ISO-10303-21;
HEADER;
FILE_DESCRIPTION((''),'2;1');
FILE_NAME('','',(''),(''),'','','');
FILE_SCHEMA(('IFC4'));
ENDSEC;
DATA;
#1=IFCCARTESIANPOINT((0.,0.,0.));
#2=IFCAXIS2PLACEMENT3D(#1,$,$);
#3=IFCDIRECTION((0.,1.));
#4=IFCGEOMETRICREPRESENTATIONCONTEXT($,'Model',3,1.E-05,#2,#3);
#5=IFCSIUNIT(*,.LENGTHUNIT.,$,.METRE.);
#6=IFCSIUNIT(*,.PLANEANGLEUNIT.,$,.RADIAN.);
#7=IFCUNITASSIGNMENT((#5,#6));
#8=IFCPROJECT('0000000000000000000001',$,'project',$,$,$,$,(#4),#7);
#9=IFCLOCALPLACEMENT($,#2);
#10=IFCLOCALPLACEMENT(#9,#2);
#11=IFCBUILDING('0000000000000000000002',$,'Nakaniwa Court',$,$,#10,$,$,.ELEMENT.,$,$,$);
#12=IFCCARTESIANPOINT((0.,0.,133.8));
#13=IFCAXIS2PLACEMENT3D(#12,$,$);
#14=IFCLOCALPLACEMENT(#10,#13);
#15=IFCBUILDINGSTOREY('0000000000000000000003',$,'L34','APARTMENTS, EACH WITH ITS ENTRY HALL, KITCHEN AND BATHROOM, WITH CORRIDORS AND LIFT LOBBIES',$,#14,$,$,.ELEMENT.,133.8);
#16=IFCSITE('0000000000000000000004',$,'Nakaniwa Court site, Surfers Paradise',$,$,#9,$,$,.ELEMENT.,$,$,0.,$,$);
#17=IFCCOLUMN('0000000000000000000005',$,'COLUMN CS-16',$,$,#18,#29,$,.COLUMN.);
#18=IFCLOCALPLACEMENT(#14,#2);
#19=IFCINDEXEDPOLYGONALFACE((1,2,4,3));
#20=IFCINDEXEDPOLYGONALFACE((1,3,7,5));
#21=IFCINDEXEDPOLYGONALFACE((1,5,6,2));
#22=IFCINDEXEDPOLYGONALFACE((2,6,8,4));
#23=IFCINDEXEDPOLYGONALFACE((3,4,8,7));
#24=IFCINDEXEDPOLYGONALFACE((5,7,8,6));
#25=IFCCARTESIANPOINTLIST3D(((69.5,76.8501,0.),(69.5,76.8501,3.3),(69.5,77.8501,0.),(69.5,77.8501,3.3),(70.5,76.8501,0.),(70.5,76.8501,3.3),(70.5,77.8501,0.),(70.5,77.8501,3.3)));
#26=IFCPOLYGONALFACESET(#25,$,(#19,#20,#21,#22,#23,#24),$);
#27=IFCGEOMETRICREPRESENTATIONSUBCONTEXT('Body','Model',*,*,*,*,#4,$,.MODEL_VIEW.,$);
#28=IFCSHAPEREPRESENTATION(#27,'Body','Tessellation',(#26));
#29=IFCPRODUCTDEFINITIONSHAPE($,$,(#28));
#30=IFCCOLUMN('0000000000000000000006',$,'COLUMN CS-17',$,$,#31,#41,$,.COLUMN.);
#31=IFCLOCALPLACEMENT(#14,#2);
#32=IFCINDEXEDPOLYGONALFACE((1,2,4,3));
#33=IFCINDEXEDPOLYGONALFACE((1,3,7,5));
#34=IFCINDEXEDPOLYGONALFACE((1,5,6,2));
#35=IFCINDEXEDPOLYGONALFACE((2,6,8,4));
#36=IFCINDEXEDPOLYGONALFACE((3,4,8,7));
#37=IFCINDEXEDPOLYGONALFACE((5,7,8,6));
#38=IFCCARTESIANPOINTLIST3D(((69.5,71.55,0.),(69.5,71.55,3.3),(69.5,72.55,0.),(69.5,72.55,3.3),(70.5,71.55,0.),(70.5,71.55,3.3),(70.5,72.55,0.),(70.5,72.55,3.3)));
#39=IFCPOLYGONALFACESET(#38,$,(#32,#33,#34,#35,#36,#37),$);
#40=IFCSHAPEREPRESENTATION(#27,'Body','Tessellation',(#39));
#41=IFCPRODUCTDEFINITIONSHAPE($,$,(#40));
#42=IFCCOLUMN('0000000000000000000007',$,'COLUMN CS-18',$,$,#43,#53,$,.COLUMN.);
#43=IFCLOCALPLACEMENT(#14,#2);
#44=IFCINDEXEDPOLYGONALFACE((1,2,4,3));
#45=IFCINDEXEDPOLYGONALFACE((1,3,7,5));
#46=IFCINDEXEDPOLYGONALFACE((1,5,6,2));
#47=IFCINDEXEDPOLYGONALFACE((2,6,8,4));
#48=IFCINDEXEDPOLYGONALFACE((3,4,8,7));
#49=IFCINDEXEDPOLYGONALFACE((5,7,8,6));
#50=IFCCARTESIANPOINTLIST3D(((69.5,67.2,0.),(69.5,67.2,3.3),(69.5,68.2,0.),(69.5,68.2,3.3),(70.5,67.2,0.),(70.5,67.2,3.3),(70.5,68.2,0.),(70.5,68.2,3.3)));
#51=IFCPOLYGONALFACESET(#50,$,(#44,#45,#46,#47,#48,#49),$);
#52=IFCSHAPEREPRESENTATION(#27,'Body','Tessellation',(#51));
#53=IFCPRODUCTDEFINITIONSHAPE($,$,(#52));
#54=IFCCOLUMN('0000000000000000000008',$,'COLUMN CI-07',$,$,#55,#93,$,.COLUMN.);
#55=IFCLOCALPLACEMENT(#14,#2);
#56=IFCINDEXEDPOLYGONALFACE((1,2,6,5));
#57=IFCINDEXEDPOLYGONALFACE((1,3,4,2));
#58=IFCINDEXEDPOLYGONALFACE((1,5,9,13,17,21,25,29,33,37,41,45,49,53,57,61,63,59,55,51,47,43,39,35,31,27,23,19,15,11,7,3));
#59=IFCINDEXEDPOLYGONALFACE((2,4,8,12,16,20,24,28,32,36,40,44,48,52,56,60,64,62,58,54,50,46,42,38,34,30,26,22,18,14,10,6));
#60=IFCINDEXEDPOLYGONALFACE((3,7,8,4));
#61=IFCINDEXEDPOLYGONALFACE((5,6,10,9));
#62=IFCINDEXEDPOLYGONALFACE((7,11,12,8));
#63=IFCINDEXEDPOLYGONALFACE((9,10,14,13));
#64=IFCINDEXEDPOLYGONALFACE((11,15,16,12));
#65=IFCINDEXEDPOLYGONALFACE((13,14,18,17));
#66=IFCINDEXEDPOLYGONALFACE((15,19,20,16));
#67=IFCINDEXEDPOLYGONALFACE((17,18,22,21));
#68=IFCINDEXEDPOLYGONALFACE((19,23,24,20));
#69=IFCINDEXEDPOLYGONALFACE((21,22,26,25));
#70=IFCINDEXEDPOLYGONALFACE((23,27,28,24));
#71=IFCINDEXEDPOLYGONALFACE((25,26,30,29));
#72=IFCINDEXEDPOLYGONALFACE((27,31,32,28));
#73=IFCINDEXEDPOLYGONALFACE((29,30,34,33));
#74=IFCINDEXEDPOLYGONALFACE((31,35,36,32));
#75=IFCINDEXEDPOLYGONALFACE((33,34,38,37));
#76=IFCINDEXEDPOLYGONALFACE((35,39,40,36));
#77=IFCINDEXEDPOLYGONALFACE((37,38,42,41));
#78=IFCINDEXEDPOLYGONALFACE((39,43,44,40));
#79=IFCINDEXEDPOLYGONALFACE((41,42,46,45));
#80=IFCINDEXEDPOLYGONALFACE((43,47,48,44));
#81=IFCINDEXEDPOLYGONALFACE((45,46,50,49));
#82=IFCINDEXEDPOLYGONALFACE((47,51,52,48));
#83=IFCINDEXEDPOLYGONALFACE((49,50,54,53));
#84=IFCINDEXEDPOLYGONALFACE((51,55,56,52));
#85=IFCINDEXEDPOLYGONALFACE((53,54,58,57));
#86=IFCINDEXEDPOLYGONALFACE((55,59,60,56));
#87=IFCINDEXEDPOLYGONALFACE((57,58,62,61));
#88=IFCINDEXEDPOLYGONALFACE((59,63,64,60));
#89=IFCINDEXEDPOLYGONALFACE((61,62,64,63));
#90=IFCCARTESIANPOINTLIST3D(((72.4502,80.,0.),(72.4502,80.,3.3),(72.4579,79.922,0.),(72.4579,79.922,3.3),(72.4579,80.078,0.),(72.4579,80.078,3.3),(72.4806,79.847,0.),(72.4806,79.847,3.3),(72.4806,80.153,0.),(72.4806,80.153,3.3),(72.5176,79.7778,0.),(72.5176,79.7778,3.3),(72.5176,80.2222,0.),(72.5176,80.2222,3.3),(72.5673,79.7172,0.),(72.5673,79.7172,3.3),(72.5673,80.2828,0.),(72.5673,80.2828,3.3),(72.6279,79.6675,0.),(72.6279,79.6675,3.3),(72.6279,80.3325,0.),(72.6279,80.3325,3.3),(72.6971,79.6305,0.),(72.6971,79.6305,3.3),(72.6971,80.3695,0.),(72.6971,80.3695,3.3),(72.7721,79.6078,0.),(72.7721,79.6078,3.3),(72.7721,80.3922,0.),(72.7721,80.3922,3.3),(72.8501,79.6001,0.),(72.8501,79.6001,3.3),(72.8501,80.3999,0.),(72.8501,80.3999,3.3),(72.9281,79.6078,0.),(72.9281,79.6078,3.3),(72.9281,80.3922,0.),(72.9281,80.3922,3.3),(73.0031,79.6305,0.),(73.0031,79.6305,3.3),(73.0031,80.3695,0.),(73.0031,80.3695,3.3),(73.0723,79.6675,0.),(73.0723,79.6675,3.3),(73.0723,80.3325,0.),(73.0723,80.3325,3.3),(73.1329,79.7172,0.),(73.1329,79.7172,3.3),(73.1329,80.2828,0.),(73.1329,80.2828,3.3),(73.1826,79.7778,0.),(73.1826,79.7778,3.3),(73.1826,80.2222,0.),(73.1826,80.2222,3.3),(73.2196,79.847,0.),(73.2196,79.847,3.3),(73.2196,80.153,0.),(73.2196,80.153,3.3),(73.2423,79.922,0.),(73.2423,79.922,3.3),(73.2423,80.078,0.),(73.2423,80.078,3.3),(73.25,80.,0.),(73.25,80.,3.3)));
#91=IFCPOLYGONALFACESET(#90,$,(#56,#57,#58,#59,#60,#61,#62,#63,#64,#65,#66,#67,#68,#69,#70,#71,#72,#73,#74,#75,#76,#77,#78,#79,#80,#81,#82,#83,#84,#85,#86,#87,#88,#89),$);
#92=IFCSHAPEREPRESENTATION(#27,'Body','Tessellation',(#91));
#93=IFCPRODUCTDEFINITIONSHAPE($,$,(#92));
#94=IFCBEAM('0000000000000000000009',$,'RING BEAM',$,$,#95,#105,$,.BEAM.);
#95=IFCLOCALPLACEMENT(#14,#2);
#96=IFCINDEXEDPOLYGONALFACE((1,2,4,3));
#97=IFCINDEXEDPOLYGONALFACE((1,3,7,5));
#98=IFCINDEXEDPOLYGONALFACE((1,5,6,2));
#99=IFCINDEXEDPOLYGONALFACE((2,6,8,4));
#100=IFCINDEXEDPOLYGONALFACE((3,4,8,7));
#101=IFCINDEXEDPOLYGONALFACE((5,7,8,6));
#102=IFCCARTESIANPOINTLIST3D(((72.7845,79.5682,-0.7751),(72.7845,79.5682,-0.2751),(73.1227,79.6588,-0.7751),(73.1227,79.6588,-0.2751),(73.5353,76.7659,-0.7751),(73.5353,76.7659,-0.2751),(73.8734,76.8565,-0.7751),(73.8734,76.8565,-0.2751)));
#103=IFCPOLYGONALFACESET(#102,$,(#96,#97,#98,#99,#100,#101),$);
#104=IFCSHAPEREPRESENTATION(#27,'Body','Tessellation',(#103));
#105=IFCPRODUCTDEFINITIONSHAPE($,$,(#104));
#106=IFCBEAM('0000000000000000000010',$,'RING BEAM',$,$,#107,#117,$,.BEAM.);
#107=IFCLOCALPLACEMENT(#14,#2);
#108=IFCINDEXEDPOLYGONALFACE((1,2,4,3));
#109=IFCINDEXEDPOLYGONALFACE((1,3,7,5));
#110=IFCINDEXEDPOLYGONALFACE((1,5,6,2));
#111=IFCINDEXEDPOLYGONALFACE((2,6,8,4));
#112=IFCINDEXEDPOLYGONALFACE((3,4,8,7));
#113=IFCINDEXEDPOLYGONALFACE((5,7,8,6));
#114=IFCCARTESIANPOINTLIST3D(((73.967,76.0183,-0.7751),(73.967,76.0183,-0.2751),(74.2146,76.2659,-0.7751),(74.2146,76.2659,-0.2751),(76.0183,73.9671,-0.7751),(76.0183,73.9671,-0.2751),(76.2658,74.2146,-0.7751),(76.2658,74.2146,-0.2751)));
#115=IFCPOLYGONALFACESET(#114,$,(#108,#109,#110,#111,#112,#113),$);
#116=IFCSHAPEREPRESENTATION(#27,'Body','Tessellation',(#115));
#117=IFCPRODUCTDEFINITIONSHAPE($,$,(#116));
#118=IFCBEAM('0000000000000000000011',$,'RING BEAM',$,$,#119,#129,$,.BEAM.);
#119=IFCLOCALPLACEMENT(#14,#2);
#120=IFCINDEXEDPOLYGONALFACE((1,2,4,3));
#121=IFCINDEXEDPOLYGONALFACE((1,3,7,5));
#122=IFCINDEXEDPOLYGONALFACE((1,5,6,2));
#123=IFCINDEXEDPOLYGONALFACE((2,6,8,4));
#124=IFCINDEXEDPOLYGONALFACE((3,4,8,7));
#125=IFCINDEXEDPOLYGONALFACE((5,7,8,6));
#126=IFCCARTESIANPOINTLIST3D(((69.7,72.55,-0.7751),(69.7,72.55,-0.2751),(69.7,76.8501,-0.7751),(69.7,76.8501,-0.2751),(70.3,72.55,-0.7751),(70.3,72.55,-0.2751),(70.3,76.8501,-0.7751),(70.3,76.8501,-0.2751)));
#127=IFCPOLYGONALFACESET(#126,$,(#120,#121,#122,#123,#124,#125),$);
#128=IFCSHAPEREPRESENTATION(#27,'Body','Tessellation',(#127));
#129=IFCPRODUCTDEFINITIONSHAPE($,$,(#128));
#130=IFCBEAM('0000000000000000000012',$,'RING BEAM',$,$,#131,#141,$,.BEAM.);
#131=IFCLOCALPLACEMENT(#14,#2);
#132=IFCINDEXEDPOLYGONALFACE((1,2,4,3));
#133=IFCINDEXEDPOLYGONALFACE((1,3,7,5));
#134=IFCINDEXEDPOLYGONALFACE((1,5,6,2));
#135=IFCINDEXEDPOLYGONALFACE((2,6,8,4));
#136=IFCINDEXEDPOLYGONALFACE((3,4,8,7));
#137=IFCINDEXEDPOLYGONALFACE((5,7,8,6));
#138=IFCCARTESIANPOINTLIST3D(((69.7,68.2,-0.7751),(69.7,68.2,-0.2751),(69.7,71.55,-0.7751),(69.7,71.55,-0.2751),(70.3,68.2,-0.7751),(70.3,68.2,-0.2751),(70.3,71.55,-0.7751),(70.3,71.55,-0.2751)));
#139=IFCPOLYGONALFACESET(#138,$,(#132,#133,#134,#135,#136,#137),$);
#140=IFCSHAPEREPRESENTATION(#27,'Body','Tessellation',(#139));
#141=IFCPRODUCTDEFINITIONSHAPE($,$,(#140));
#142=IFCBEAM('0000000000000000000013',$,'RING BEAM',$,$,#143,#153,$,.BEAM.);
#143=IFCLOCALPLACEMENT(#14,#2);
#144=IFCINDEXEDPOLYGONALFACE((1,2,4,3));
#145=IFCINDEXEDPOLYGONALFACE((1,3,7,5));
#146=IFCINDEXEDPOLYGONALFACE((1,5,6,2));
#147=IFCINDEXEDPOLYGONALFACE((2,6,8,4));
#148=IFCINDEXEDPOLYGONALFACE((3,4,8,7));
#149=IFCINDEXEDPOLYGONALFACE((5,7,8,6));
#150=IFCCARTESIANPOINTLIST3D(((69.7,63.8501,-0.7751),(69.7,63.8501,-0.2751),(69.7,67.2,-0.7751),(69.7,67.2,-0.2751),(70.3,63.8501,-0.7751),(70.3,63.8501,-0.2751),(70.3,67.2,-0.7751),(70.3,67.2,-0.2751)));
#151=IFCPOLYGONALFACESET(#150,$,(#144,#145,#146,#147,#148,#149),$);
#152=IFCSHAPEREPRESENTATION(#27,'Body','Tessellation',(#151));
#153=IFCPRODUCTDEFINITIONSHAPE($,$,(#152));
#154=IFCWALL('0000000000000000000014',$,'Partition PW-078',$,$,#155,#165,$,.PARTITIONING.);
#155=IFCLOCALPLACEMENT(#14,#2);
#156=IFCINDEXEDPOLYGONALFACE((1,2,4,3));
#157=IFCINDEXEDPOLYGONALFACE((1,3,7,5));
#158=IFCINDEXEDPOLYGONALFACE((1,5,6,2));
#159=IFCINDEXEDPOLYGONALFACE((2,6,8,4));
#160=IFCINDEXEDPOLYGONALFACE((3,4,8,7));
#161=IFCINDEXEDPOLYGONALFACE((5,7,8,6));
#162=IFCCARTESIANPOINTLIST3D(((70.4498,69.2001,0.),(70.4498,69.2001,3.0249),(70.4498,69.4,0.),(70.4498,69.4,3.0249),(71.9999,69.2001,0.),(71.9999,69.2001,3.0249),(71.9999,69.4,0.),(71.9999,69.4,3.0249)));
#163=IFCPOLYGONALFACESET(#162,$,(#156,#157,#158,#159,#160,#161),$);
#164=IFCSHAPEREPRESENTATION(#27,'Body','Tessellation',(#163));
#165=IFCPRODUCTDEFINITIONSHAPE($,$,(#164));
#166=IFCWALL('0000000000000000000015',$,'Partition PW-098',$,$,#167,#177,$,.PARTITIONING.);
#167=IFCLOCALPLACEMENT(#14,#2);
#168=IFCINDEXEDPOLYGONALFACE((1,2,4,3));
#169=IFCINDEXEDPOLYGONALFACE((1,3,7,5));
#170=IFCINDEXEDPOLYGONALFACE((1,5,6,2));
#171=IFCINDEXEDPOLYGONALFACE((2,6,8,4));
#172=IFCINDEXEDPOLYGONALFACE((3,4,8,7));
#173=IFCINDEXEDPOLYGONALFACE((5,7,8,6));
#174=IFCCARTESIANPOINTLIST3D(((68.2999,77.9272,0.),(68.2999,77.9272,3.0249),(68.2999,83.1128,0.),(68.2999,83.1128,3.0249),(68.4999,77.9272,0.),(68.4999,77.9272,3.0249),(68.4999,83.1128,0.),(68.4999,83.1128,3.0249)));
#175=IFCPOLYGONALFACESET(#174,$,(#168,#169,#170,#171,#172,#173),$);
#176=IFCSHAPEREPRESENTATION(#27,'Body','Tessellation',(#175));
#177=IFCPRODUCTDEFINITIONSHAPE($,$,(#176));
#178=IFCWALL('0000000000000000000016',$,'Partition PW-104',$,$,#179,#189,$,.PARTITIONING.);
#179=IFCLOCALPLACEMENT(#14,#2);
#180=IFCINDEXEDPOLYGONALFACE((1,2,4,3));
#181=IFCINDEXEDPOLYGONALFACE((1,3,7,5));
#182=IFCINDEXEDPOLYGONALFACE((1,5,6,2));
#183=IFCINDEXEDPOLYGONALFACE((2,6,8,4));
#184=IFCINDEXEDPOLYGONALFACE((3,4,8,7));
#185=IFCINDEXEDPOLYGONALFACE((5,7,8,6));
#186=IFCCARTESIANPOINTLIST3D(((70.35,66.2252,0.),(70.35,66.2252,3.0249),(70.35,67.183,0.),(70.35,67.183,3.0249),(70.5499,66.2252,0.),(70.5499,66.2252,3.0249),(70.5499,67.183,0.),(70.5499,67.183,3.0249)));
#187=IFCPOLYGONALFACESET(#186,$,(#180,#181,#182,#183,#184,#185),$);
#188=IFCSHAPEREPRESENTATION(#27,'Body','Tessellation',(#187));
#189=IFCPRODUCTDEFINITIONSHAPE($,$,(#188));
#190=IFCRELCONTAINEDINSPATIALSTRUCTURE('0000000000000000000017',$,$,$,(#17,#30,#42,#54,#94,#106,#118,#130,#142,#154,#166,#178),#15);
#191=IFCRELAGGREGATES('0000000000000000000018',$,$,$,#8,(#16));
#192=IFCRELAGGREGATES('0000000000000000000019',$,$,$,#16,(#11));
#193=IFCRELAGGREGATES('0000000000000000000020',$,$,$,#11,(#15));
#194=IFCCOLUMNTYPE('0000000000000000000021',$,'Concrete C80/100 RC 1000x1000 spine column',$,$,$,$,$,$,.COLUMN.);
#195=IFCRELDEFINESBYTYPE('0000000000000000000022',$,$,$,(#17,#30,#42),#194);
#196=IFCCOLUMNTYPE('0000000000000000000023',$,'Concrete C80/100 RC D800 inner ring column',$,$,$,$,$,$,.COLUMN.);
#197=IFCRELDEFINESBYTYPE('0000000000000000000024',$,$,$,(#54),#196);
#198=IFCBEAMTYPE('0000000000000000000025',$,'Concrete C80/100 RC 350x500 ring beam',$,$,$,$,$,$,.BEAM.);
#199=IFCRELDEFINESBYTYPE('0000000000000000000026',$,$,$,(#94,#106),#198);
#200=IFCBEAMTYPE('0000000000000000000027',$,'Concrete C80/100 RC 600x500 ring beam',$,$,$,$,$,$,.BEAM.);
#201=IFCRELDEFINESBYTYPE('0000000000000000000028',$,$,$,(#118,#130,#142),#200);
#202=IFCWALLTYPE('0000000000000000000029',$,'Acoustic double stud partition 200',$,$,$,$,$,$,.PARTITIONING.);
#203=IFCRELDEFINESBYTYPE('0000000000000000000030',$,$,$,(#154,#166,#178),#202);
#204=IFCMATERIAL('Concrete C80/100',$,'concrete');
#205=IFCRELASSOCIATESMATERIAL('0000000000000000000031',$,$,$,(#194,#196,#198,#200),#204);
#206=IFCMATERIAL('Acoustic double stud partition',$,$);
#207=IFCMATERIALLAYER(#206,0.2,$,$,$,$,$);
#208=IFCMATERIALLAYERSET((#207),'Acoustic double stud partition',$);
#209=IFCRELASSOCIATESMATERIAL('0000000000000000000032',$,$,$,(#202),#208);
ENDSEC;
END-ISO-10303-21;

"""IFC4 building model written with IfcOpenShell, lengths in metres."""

from ifc_helpers import new_model, si_unit, direction, frame, frame_2d, origin, origin_2d, place, context, subcontext, project, spatial, rectangle, circle, extrude, material, layer, layer_set, material_profile, profile_set, type_object, element, save


model = new_model("IFC4")

# Units and contexts
model_context = context("Model", 3, precision=1e-05, world=origin(), true_north=direction((0.0, 1.0)))
body_context = subcontext(model_context, "Body", "Model", "MODEL_VIEW")
ifc_project = project(units=[si_unit("LENGTHUNIT", "METRE"), si_unit("PLANEANGLEUNIT", "RADIAN")], contexts=[model_context])

# Site, building, storey
site_placement = place(None, origin())
site = spatial("IfcSite", under=ifc_project, at=site_placement, Name="Nakaniwa Court site, Surfers Paradise", CompositionType="ELEMENT", RefElevation=0.0)
building_placement = place(site_placement, origin())
building = spatial("IfcBuilding", under=site, at=building_placement, Name="Nakaniwa Court", CompositionType="ELEMENT")
storey_placement = place(building_placement, frame((0.0, 0.0, 133.8)))
storey = spatial("IfcBuildingStorey", under=building, at=storey_placement, Name="L34", Description="APARTMENTS, EACH WITH ITS ENTRY HALL, KITCHEN AND BATHROOM, WITH CORRIDORS AND LIFT LOBBIES", CompositionType="ELEMENT", Elevation=133.8)

# Columns
ifc_material_1 = material(Name="Concrete C80/100", Category="concrete")
ifc_material_profile_1 = material_profile(ifc_material_1, rectangle(XDim=1.0, YDim=1.0, at=origin_2d()), Name="Concrete C80/100 RC 1000x1000 spine column")
ifc_profile_set_1 = profile_set([ifc_material_profile_1], Name="Concrete C80/100")
column_type_1 = type_object("IfcColumnType", Name="Concrete C80/100 RC 1000x1000 spine column", PredefinedType="COLUMN", material=ifc_profile_set_1)
for number, where, z_axis, x_axis, name in (
    (1, (70.0, 77.3501, 0.0), (0.0, 0.0, 1.0), (0.0, -1.0, 0.0), "COLUMN CS-16"),
    (2, (70.0, 72.05, 0.0), (0.0, 0.0, 1.0), (0.0, -1.0, 0.0), "COLUMN CS-17"),
    (3, (70.0, 67.7, 0.0), (0.0, 0.0, 1.0), (0.0, -1.0, 0.0), "COLUMN CS-18"),
):
    element("IfcColumn", number, at=place(storey_placement, frame(where, z_axis=z_axis, x_axis=x_axis)), inside=storey, type_object=column_type_1, Name=name, PredefinedType="COLUMN", context=body_context, shape_type="SweptSolid", body=[
        extrude(rectangle(XDim=1.0, YDim=1.0, at=origin_2d()), origin(), (0.0, 0.0, 1.0), 3.3),
    ])
ifc_material_profile_2 = material_profile(ifc_material_1, circle(Radius=0.3999, at=origin_2d()), Name="Concrete C80/100 RC D800 inner ring column")
ifc_profile_set_2 = profile_set([ifc_material_profile_2], Name="Concrete C80/100")
column_type_2 = type_object("IfcColumnType", Name="Concrete C80/100 RC D800 inner ring column", PredefinedType="COLUMN", material=ifc_profile_set_2)
for number, where, z_axis, x_axis, name in (
    (4, (72.8501, 80.0, 0.0), (0.0, 0.0, 1.0), (0.0, -1.0, 0.0), "COLUMN CI-07"),
):
    element("IfcColumn", number, at=place(storey_placement, frame(where, z_axis=z_axis, x_axis=x_axis)), inside=storey, type_object=column_type_2, Name=name, PredefinedType="COLUMN", context=body_context, shape_type="SweptSolid", body=[
        extrude(circle(Radius=0.3999, at=origin_2d()), origin(), (0.0, 0.0, 1.0), 3.3),
    ])

# Beams
ifc_material_profile_3 = material_profile(ifc_material_1, rectangle(XDim=0.3501, YDim=0.5, at=origin_2d()), Name="Concrete C80/100 RC 350x500 ring beam")
ifc_profile_set_3 = profile_set([ifc_material_profile_3], Name="Concrete C80/100")
beam_type_1 = type_object("IfcBeamType", Name="Concrete C80/100 RC 350x500 ring beam", PredefinedType="BEAM", material=ifc_profile_set_3)
beam_1_placement = place(storey_placement, frame((72.9536, 79.6135, -0.5251), z_axis=(0.258778, -0.965937, 0.0), x_axis=(0.965937, 0.258778, 0.0)))
element("IfcBeam", 5, at=beam_1_placement, inside=storey, type_object=beam_type_1, Name="RING BEAM", PredefinedType="BEAM", context=body_context, shape_type="SweptSolid", body=[
    extrude(rectangle(XDim=0.3501, YDim=0.5, at=origin_2d()), origin(), (0.0, 0.0, 1.0), 2.9011),
])
beam_2_placement = place(storey_placement, frame((74.0908, 76.1421, -0.5251), z_axis=(0.707107, -0.707107, 0.0), x_axis=(0.707107, 0.707107, 0.0)))
element("IfcBeam", 6, at=beam_2_placement, inside=storey, type_object=beam_type_1, Name="RING BEAM", PredefinedType="BEAM", context=body_context, shape_type="SweptSolid", body=[
    extrude(rectangle(XDim=0.3501, YDim=0.5, at=origin_2d()), origin(), (0.0, 0.0, 1.0), 2.9009),
])
ifc_material_profile_4 = material_profile(ifc_material_1, rectangle(XDim=0.6001, YDim=0.5, at=origin_2d()), Name="Concrete C80/100 RC 600x500 ring beam")
ifc_profile_set_4 = profile_set([ifc_material_profile_4], Name="Concrete C80/100")
beam_type_2 = type_object("IfcBeamType", Name="Concrete C80/100 RC 600x500 ring beam", PredefinedType="BEAM", material=ifc_profile_set_4)
beam_3_placement = place(storey_placement, frame((70.0, 76.8501, -0.5251), z_axis=(0.0, -1.0, 0.0), x_axis=(1.0, 0.0, 0.0)))
element("IfcBeam", 7, at=beam_3_placement, inside=storey, type_object=beam_type_2, Name="RING BEAM", PredefinedType="BEAM", context=body_context, shape_type="SweptSolid", body=[
    extrude(rectangle(XDim=0.6001, YDim=0.5, at=origin_2d()), origin(), (0.0, 0.0, 1.0), 4.3),
])
beam_4_placement = place(storey_placement, frame((70.0, 71.55, -0.5251), z_axis=(0.0, -1.0, 0.0), x_axis=(1.0, 0.0, 0.0)))
element("IfcBeam", 8, at=beam_4_placement, inside=storey, type_object=beam_type_2, Name="RING BEAM", PredefinedType="BEAM", context=body_context, shape_type="SweptSolid", body=[
    extrude(rectangle(XDim=0.6001, YDim=0.5, at=origin_2d()), origin(), (0.0, 0.0, 1.0), 3.3501),
])
beam_5_placement = place(storey_placement, frame((70.0, 67.2, -0.5251), z_axis=(0.0, -1.0, 0.0), x_axis=(1.0, 0.0, 0.0)))
element("IfcBeam", 9, at=beam_5_placement, inside=storey, type_object=beam_type_2, Name="RING BEAM", PredefinedType="BEAM", context=body_context, shape_type="SweptSolid", body=[
    extrude(rectangle(XDim=0.6001, YDim=0.5, at=origin_2d()), origin(), (0.0, 0.0, 1.0), 3.3499),
])

# Walls
ifc_material_2 = material(Name="Acoustic double stud partition")
ifc_layer_1 = layer(ifc_material_2, 0.2)
ifc_layer_set_1 = layer_set([ifc_layer_1], Name="Acoustic double stud partition")
wall_type_1 = type_object("IfcWallType", Name="Acoustic double stud partition 200", PredefinedType="PARTITIONING", material=ifc_layer_set_1)
wall_1_placement = place(storey_placement, frame((70.45, 69.3, 0.0), z_axis=(0.0, 0.0, 1.0), x_axis=(1.0, 0.0, 0.0)))
element("IfcWall", 10, at=wall_1_placement, inside=storey, type_object=wall_type_1, Name="Partition PW-078", PredefinedType="PARTITIONING", context=body_context, shape_type="SweptSolid", body=[
    extrude(rectangle(XDim=1.55, YDim=0.2, at=frame_2d((0.7749, 0.0))), origin(), (0.0, 0.0, 1.0), 3.0249),
])
wall_2_placement = place(storey_placement, frame((68.3999, 77.9272, 0.0), z_axis=(0.0, 0.0, 1.0), x_axis=(0.0, 1.0, 0.0)))
element("IfcWall", 11, at=wall_2_placement, inside=storey, type_object=wall_type_1, Name="Partition PW-098", PredefinedType="PARTITIONING", context=body_context, shape_type="SweptSolid", body=[
    extrude(rectangle(XDim=5.1855, YDim=0.2, at=frame_2d((2.5928, 0.0))), origin(), (0.0, 0.0, 1.0), 3.0249),
])
wall_3_placement = place(storey_placement, frame((70.45, 66.2251, 0.0), z_axis=(0.0, 0.0, 1.0), x_axis=(0.0, 1.0, 0.0)))
element("IfcWall", 12, at=wall_3_placement, inside=storey, type_object=wall_type_1, Name="Partition PW-104", PredefinedType="PARTITIONING", context=body_context, shape_type="SweptSolid", body=[
    extrude(rectangle(XDim=0.9578, YDim=0.2, at=frame_2d((0.479, 0.0))), origin(), (0.0, 0.0, 1.0), 3.0249),
])

save(model, "model.ifc")
